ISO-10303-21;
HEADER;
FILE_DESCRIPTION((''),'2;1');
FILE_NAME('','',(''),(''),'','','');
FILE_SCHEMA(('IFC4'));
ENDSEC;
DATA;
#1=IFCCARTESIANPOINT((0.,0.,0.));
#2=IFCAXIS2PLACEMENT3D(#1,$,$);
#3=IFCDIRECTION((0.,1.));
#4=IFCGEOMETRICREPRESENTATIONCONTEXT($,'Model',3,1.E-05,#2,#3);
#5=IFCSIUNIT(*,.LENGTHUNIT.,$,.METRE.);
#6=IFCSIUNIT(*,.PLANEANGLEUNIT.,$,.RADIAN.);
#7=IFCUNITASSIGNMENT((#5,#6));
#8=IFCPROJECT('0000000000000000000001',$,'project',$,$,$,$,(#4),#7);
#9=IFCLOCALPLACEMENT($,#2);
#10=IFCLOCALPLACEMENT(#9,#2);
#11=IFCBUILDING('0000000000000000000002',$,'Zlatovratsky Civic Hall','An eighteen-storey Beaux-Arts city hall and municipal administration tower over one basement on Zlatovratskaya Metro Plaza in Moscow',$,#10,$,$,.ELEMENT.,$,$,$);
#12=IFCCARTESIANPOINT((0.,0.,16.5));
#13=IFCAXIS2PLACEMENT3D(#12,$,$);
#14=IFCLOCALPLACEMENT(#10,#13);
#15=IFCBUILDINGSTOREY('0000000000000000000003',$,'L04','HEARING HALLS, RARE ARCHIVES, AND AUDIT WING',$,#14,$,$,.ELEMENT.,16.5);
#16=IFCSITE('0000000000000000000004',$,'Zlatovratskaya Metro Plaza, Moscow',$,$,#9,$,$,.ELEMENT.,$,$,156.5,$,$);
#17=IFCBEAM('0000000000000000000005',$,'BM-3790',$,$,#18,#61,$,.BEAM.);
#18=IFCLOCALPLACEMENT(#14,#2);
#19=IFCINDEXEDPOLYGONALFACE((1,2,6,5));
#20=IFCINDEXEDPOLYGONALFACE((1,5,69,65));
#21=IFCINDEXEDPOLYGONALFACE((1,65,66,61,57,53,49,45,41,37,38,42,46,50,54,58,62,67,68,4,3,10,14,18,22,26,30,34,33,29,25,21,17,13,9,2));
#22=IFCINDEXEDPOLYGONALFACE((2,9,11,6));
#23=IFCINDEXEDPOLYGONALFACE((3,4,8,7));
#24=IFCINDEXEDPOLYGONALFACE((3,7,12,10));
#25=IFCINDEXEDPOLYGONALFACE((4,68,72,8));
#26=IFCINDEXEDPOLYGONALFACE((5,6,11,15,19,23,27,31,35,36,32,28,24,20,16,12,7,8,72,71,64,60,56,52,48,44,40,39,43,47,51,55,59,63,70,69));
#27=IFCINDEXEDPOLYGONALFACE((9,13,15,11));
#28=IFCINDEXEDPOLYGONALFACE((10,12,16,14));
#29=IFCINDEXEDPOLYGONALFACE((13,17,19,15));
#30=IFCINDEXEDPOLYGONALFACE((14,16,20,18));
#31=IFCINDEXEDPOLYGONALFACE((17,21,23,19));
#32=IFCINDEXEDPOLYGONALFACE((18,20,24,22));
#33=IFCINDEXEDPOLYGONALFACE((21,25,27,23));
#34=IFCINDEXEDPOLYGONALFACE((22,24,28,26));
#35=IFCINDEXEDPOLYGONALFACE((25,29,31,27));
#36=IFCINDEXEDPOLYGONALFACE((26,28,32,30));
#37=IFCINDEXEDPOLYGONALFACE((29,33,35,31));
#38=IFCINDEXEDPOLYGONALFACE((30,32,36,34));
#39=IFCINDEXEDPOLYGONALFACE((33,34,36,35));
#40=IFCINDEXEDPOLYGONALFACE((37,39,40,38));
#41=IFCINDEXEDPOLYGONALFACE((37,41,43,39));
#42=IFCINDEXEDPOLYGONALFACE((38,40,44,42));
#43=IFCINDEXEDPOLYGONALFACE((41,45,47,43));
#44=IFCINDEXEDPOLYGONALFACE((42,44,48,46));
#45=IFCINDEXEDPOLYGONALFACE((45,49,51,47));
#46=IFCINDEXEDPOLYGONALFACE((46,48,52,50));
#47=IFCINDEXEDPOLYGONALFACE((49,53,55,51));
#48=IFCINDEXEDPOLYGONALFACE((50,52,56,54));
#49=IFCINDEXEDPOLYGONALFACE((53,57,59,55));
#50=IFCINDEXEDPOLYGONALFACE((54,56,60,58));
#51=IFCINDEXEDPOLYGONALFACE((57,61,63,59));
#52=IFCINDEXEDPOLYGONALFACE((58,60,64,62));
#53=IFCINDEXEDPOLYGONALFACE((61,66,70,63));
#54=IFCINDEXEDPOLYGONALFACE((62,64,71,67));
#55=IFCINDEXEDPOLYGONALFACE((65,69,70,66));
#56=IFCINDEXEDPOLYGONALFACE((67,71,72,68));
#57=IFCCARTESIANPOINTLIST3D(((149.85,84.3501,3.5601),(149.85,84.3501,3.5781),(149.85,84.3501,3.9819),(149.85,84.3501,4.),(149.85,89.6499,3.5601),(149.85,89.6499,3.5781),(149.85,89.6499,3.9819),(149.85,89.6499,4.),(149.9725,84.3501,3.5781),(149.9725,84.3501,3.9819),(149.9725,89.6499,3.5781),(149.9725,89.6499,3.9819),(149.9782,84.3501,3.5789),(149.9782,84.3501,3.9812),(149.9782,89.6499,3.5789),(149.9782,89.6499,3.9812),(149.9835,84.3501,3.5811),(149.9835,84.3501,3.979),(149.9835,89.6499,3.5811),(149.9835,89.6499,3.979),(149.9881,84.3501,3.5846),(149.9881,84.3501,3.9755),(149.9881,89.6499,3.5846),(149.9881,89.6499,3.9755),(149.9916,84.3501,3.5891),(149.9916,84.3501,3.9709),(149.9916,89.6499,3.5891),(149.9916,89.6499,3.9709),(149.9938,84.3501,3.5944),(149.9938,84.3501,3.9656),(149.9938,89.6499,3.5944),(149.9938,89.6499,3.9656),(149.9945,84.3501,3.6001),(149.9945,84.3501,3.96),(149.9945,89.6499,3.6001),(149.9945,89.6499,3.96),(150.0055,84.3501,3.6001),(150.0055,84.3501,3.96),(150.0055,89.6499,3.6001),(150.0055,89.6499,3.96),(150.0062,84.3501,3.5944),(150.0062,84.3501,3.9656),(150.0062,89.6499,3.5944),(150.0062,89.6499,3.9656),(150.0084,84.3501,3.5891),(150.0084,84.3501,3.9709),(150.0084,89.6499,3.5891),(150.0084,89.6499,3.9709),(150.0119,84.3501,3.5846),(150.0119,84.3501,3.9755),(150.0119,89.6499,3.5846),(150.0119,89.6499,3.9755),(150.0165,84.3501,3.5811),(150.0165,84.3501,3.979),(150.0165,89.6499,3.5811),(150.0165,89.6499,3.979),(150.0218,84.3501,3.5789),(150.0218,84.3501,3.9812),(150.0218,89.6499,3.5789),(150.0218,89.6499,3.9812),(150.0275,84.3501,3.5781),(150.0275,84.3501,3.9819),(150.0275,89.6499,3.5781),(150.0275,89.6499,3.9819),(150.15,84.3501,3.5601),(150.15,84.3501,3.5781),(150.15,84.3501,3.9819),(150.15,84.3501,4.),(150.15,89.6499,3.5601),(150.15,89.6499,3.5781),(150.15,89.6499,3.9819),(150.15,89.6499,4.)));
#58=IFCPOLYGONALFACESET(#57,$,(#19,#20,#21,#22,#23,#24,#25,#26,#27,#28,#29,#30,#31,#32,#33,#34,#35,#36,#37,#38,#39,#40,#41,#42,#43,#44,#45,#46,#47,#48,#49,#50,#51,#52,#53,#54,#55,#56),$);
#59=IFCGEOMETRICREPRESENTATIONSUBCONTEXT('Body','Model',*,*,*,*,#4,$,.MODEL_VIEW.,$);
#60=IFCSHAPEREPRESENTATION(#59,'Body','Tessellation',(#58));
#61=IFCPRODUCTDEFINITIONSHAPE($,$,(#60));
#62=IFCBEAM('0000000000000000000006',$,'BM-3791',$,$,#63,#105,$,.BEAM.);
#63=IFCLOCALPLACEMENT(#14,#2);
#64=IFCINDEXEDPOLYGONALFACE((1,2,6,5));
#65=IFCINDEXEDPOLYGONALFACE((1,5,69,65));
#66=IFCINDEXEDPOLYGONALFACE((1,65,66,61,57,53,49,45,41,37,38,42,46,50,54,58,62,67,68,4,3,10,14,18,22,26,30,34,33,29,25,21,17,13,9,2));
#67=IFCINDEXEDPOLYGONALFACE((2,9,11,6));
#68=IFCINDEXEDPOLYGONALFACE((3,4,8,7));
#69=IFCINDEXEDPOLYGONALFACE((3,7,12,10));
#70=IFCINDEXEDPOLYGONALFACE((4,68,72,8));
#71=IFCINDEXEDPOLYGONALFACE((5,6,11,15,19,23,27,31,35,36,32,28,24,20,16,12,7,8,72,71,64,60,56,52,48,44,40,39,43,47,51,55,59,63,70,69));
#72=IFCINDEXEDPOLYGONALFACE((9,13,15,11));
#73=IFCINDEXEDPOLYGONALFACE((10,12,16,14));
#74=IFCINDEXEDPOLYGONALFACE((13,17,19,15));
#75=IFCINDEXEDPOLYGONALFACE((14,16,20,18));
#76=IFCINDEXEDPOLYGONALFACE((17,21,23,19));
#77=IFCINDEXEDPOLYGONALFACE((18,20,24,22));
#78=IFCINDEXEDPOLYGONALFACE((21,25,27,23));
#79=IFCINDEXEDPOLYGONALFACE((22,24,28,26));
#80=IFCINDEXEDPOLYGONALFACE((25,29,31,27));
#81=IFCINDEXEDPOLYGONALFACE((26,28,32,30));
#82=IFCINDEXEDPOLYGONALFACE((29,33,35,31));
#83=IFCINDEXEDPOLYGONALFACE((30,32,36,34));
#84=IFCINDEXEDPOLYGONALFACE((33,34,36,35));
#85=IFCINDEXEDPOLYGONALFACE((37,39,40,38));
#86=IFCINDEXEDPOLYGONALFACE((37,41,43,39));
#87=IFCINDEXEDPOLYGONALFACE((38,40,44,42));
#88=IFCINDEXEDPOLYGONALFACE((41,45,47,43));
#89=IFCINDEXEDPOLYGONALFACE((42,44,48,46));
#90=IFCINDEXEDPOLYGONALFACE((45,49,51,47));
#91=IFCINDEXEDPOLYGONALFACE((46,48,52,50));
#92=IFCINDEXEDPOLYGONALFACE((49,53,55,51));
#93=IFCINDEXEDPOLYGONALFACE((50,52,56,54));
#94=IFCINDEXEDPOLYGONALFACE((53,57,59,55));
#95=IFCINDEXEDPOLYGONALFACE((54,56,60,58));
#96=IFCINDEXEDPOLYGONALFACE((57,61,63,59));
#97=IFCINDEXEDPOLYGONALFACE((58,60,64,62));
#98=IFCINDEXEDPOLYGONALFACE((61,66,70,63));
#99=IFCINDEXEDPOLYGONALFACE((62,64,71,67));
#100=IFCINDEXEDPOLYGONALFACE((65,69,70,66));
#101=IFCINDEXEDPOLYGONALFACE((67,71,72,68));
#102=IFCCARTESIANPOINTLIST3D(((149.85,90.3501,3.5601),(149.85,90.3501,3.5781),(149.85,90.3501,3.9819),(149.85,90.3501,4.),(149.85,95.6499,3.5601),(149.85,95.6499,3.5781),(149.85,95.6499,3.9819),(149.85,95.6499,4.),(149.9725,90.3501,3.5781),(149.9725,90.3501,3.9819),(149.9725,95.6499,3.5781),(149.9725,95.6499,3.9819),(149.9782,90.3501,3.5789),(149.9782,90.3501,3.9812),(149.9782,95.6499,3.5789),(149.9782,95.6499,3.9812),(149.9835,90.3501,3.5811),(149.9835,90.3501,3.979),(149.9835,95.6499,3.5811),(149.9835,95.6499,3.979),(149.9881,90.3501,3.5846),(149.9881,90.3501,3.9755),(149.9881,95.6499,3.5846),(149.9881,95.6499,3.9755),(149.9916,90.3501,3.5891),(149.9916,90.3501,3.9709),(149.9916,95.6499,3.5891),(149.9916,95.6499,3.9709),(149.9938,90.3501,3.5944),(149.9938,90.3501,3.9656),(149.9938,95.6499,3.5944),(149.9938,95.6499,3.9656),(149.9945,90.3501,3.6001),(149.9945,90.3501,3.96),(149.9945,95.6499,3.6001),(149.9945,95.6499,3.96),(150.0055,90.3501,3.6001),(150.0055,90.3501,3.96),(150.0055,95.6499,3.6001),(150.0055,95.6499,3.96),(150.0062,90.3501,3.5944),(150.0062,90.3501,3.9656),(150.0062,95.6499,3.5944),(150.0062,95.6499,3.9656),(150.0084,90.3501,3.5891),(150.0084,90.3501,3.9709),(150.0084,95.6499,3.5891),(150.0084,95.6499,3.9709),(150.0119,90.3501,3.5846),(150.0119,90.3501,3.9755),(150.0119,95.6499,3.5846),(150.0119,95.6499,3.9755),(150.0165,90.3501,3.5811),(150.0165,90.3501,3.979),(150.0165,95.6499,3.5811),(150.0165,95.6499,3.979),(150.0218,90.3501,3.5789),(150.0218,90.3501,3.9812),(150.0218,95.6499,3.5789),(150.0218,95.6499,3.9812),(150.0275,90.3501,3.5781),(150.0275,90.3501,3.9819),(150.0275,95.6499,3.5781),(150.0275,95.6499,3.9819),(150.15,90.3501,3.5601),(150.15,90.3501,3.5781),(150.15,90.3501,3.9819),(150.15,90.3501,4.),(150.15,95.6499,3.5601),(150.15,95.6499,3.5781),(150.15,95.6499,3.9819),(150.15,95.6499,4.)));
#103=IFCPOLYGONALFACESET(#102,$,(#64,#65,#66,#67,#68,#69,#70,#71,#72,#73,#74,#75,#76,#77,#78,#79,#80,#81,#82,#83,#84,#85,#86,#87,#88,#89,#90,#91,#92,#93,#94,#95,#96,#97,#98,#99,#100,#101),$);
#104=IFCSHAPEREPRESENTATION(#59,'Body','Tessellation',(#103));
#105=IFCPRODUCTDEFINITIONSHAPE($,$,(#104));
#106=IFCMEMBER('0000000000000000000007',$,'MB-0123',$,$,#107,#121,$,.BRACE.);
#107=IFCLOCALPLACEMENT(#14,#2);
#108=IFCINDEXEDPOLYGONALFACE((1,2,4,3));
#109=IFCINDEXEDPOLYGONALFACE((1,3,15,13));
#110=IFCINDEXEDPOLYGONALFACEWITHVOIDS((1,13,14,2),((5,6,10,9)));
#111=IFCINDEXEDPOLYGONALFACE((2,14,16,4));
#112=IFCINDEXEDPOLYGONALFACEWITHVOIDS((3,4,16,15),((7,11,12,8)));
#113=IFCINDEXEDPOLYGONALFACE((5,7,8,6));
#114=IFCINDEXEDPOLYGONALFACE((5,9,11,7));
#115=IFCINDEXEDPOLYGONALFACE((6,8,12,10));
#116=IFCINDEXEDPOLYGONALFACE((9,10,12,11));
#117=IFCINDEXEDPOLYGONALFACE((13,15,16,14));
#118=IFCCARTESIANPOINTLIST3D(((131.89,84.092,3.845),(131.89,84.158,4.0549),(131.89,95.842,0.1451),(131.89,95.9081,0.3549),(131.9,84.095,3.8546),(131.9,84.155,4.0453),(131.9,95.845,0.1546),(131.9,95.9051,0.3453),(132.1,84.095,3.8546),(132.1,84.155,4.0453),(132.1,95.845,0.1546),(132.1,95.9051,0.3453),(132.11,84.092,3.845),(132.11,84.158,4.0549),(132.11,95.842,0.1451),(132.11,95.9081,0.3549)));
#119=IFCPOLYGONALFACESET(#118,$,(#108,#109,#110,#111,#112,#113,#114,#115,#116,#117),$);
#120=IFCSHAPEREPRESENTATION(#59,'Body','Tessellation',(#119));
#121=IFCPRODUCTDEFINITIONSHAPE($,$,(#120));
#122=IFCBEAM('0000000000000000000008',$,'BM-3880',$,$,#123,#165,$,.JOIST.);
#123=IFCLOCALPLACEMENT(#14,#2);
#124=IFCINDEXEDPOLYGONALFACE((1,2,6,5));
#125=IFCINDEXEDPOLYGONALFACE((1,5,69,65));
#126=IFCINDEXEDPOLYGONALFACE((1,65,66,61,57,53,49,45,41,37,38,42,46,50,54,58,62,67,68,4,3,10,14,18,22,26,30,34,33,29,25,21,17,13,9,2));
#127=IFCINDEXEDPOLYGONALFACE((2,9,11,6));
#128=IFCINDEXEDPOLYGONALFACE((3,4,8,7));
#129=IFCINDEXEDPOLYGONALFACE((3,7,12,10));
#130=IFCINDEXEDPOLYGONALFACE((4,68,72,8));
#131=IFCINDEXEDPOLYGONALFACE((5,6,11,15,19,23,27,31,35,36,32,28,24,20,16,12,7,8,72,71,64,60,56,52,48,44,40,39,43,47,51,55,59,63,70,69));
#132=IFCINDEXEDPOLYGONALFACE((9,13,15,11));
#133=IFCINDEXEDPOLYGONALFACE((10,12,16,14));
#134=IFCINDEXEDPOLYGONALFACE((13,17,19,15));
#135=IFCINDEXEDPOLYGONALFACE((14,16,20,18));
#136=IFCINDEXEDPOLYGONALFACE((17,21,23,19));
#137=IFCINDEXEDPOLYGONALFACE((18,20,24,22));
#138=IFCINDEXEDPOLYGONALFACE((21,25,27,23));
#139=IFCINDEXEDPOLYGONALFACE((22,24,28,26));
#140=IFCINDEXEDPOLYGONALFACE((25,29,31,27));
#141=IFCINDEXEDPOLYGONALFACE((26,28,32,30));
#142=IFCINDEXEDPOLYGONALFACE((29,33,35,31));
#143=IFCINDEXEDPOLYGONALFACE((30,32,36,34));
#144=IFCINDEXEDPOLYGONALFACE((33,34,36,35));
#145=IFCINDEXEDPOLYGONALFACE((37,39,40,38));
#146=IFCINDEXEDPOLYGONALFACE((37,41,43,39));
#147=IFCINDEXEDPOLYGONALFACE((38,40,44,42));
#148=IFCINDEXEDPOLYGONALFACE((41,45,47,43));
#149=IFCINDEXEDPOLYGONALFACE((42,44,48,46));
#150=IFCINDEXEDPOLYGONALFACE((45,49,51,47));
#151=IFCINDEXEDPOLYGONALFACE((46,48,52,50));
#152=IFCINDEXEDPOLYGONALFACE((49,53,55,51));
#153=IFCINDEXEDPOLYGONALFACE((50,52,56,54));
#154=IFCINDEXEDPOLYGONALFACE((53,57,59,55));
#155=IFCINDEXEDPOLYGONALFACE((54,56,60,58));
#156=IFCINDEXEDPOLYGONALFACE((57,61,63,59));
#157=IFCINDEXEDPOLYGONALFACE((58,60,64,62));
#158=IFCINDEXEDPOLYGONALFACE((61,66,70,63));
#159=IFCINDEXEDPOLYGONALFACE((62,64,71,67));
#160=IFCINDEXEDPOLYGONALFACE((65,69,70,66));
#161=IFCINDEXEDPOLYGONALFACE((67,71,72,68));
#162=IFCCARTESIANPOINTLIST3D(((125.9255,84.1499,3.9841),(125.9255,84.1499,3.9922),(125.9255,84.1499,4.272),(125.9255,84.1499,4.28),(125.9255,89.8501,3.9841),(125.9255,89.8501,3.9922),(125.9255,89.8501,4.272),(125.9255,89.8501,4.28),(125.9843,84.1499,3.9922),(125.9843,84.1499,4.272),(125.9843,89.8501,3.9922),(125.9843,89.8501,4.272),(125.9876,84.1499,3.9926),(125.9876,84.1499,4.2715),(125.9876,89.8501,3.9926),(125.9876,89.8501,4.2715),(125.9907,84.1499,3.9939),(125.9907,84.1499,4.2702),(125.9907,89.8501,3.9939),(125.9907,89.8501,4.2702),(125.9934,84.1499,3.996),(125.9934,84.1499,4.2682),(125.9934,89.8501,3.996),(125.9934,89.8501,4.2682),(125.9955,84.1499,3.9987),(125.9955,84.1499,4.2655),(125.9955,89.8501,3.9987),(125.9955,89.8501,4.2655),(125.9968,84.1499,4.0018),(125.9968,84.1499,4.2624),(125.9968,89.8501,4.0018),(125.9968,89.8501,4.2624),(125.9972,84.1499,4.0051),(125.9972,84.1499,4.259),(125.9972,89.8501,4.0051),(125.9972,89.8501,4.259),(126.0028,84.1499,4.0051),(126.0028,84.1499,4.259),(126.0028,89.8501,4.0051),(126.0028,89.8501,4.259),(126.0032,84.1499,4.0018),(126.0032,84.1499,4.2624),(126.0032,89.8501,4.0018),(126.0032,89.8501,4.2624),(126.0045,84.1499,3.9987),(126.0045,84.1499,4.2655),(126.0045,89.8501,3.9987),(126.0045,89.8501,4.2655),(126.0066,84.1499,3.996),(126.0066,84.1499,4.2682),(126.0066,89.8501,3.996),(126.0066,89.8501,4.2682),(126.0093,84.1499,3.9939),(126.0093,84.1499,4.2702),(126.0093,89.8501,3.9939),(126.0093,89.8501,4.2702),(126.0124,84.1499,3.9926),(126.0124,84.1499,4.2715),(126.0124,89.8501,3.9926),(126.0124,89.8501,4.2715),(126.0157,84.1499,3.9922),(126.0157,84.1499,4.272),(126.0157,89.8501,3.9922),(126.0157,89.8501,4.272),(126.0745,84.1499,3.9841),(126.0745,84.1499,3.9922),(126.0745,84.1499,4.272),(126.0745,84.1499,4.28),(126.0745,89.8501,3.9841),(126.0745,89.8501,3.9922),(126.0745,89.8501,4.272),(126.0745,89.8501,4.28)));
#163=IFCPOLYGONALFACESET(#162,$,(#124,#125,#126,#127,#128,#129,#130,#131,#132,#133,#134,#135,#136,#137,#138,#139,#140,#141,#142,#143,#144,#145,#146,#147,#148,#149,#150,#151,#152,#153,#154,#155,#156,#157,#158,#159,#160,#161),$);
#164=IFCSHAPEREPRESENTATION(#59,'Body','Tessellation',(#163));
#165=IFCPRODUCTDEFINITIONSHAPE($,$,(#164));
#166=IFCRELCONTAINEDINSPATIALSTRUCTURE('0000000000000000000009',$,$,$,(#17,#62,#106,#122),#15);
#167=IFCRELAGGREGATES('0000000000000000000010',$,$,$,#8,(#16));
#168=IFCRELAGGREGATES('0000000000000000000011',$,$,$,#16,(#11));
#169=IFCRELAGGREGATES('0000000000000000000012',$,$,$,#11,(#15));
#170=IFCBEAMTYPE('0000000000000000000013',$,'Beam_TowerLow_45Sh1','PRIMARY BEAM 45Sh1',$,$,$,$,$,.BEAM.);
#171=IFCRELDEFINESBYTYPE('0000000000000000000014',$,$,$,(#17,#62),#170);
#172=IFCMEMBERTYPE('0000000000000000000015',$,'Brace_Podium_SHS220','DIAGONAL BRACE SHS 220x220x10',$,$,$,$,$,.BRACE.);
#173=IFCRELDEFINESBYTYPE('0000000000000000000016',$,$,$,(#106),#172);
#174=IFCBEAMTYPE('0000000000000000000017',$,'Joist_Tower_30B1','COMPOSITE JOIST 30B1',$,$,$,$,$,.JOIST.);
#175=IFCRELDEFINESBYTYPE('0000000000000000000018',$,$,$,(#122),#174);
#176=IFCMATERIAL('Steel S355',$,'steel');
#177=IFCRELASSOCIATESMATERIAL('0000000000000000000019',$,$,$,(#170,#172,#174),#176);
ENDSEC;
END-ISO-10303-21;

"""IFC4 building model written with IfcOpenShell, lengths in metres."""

from ifc_helpers import new_model, si_unit, direction, frame, origin, origin_2d, place, context, subcontext, project, spatial, hollow_rectangle, i_section, extrude, material, material_profile, profile_set, type_object, element, save


model = new_model("IFC4")

# Units and contexts
model_context = context("Model", 3, precision=1e-05, world=origin(), true_north=direction((0.0, 1.0)))
body_context = subcontext(model_context, "Body", "Model", "MODEL_VIEW")
ifc_project = project(units=[si_unit("LENGTHUNIT", "METRE"), si_unit("PLANEANGLEUNIT", "RADIAN")], contexts=[model_context])

# Site, building, storey
site_placement = place(None, origin())
site = spatial("IfcSite", under=ifc_project, at=site_placement, Name="Zlatovratskaya Metro Plaza, Moscow", CompositionType="ELEMENT", RefElevation=156.5)
building_placement = place(site_placement, origin())
building = spatial("IfcBuilding", under=site, at=building_placement, Name="Zlatovratsky Civic Hall", Description="An eighteen-storey Beaux-Arts city hall and municipal administration tower over one basement on Zlatovratskaya Metro Plaza in Moscow", CompositionType="ELEMENT")
storey_placement = place(building_placement, frame((0.0, 0.0, 16.5)))
storey = spatial("IfcBuildingStorey", under=building, at=storey_placement, Name="L04", Description="HEARING HALLS, RARE ARCHIVES, AND AUDIT WING", CompositionType="ELEMENT", Elevation=16.5)

# Shared definitions
ifc_material_1 = material(Name="Steel S355", Category="steel")

# Beams
ifc_material_profile_1 = material_profile(ifc_material_1, i_section(OverallWidth=0.3, OverallDepth=0.4399, WebThickness=0.011, FlangeThickness=0.0181, FilletRadius=0.022, at=origin_2d()), Name="45Sh1")
ifc_profile_set_1 = profile_set([ifc_material_profile_1], Name="Steel S355")
beam_type_1 = type_object("IfcBeamType", Name="Beam_TowerLow_45Sh1", Description="PRIMARY BEAM 45Sh1", PredefinedType="BEAM", material=ifc_profile_set_1)
for number, where, z_axis, x_axis, name in (
    (1, (150.0, 84.3501, 3.78), (0.0, 1.0, 0.0), (-1.0, 0.0, 0.0), "BM-3790"),
    (2, (150.0, 90.3501, 3.78), (0.0, 1.0, 0.0), (-1.0, 0.0, 0.0), "BM-3791"),
):
    element("IfcBeam", number, at=place(storey_placement, frame(where, z_axis=z_axis, x_axis=x_axis)), inside=storey, type_object=beam_type_1, Name=name, PredefinedType="BEAM", context=body_context, shape_type="SweptSolid", body=[
        extrude(i_section(OverallWidth=0.3, OverallDepth=0.4399, WebThickness=0.011, FlangeThickness=0.0181, FilletRadius=0.022, at=origin_2d()), origin(), (0.0, 0.0, 1.0), 5.2998),
    ])

# Member
ifc_material_profile_2 = material_profile(ifc_material_1, hollow_rectangle(XDim=0.22, YDim=0.22, WallThickness=0.01, at=origin_2d()), Name="SHS 220x220x10")
ifc_profile_set_2 = profile_set([ifc_material_profile_2], Name="Steel S355")
member_type = type_object("IfcMemberType", Name="Brace_Podium_SHS220", Description="DIAGONAL BRACE SHS 220x220x10", PredefinedType="BRACE", material=ifc_profile_set_2)
member_placement = place(storey_placement, frame((132.0, 84.125, 3.95), z_axis=(0.0, 0.953829, -0.300351), x_axis=(-1.0, 0.0, 0.0)))
element("IfcMember", 3, at=member_placement, inside=storey, type_object=member_type, Name="MB-0123", PredefinedType="BRACE", context=body_context, shape_type="SweptSolid", body=[
    extrude(hollow_rectangle(XDim=0.22, YDim=0.22, WallThickness=0.01, at=origin_2d()), origin(), (0.0, 0.0, 1.0), 12.3188),
])

# Beam
ifc_material_profile_3 = material_profile(ifc_material_1, i_section(OverallWidth=0.1489, OverallDepth=0.2959, WebThickness=0.0056, FlangeThickness=0.0081, FilletRadius=0.0129, at=origin_2d()), Name="30B1")
ifc_profile_set_3 = profile_set([ifc_material_profile_3], Name="Steel S355")
beam_type_2 = type_object("IfcBeamType", Name="Joist_Tower_30B1", Description="COMPOSITE JOIST 30B1", PredefinedType="JOIST", material=ifc_profile_set_3)
for number, where, z_axis, x_axis, name in (
    (4, (126.0, 84.1499, 4.1321), (0.0, 1.0, 0.0), (-1.0, 0.0, 0.0), "BM-3880"),
):
    element("IfcBeam", number, at=place(storey_placement, frame(where, z_axis=z_axis, x_axis=x_axis)), inside=storey, type_object=beam_type_2, Name=name, PredefinedType="JOIST", context=body_context, shape_type="SweptSolid", body=[
        extrude(i_section(OverallWidth=0.1489, OverallDepth=0.2959, WebThickness=0.0056, FlangeThickness=0.0081, FilletRadius=0.0129, at=origin_2d()), origin(), (0.0, 0.0, 1.0), 5.7002),
    ])

save(model, "model.ifc")
